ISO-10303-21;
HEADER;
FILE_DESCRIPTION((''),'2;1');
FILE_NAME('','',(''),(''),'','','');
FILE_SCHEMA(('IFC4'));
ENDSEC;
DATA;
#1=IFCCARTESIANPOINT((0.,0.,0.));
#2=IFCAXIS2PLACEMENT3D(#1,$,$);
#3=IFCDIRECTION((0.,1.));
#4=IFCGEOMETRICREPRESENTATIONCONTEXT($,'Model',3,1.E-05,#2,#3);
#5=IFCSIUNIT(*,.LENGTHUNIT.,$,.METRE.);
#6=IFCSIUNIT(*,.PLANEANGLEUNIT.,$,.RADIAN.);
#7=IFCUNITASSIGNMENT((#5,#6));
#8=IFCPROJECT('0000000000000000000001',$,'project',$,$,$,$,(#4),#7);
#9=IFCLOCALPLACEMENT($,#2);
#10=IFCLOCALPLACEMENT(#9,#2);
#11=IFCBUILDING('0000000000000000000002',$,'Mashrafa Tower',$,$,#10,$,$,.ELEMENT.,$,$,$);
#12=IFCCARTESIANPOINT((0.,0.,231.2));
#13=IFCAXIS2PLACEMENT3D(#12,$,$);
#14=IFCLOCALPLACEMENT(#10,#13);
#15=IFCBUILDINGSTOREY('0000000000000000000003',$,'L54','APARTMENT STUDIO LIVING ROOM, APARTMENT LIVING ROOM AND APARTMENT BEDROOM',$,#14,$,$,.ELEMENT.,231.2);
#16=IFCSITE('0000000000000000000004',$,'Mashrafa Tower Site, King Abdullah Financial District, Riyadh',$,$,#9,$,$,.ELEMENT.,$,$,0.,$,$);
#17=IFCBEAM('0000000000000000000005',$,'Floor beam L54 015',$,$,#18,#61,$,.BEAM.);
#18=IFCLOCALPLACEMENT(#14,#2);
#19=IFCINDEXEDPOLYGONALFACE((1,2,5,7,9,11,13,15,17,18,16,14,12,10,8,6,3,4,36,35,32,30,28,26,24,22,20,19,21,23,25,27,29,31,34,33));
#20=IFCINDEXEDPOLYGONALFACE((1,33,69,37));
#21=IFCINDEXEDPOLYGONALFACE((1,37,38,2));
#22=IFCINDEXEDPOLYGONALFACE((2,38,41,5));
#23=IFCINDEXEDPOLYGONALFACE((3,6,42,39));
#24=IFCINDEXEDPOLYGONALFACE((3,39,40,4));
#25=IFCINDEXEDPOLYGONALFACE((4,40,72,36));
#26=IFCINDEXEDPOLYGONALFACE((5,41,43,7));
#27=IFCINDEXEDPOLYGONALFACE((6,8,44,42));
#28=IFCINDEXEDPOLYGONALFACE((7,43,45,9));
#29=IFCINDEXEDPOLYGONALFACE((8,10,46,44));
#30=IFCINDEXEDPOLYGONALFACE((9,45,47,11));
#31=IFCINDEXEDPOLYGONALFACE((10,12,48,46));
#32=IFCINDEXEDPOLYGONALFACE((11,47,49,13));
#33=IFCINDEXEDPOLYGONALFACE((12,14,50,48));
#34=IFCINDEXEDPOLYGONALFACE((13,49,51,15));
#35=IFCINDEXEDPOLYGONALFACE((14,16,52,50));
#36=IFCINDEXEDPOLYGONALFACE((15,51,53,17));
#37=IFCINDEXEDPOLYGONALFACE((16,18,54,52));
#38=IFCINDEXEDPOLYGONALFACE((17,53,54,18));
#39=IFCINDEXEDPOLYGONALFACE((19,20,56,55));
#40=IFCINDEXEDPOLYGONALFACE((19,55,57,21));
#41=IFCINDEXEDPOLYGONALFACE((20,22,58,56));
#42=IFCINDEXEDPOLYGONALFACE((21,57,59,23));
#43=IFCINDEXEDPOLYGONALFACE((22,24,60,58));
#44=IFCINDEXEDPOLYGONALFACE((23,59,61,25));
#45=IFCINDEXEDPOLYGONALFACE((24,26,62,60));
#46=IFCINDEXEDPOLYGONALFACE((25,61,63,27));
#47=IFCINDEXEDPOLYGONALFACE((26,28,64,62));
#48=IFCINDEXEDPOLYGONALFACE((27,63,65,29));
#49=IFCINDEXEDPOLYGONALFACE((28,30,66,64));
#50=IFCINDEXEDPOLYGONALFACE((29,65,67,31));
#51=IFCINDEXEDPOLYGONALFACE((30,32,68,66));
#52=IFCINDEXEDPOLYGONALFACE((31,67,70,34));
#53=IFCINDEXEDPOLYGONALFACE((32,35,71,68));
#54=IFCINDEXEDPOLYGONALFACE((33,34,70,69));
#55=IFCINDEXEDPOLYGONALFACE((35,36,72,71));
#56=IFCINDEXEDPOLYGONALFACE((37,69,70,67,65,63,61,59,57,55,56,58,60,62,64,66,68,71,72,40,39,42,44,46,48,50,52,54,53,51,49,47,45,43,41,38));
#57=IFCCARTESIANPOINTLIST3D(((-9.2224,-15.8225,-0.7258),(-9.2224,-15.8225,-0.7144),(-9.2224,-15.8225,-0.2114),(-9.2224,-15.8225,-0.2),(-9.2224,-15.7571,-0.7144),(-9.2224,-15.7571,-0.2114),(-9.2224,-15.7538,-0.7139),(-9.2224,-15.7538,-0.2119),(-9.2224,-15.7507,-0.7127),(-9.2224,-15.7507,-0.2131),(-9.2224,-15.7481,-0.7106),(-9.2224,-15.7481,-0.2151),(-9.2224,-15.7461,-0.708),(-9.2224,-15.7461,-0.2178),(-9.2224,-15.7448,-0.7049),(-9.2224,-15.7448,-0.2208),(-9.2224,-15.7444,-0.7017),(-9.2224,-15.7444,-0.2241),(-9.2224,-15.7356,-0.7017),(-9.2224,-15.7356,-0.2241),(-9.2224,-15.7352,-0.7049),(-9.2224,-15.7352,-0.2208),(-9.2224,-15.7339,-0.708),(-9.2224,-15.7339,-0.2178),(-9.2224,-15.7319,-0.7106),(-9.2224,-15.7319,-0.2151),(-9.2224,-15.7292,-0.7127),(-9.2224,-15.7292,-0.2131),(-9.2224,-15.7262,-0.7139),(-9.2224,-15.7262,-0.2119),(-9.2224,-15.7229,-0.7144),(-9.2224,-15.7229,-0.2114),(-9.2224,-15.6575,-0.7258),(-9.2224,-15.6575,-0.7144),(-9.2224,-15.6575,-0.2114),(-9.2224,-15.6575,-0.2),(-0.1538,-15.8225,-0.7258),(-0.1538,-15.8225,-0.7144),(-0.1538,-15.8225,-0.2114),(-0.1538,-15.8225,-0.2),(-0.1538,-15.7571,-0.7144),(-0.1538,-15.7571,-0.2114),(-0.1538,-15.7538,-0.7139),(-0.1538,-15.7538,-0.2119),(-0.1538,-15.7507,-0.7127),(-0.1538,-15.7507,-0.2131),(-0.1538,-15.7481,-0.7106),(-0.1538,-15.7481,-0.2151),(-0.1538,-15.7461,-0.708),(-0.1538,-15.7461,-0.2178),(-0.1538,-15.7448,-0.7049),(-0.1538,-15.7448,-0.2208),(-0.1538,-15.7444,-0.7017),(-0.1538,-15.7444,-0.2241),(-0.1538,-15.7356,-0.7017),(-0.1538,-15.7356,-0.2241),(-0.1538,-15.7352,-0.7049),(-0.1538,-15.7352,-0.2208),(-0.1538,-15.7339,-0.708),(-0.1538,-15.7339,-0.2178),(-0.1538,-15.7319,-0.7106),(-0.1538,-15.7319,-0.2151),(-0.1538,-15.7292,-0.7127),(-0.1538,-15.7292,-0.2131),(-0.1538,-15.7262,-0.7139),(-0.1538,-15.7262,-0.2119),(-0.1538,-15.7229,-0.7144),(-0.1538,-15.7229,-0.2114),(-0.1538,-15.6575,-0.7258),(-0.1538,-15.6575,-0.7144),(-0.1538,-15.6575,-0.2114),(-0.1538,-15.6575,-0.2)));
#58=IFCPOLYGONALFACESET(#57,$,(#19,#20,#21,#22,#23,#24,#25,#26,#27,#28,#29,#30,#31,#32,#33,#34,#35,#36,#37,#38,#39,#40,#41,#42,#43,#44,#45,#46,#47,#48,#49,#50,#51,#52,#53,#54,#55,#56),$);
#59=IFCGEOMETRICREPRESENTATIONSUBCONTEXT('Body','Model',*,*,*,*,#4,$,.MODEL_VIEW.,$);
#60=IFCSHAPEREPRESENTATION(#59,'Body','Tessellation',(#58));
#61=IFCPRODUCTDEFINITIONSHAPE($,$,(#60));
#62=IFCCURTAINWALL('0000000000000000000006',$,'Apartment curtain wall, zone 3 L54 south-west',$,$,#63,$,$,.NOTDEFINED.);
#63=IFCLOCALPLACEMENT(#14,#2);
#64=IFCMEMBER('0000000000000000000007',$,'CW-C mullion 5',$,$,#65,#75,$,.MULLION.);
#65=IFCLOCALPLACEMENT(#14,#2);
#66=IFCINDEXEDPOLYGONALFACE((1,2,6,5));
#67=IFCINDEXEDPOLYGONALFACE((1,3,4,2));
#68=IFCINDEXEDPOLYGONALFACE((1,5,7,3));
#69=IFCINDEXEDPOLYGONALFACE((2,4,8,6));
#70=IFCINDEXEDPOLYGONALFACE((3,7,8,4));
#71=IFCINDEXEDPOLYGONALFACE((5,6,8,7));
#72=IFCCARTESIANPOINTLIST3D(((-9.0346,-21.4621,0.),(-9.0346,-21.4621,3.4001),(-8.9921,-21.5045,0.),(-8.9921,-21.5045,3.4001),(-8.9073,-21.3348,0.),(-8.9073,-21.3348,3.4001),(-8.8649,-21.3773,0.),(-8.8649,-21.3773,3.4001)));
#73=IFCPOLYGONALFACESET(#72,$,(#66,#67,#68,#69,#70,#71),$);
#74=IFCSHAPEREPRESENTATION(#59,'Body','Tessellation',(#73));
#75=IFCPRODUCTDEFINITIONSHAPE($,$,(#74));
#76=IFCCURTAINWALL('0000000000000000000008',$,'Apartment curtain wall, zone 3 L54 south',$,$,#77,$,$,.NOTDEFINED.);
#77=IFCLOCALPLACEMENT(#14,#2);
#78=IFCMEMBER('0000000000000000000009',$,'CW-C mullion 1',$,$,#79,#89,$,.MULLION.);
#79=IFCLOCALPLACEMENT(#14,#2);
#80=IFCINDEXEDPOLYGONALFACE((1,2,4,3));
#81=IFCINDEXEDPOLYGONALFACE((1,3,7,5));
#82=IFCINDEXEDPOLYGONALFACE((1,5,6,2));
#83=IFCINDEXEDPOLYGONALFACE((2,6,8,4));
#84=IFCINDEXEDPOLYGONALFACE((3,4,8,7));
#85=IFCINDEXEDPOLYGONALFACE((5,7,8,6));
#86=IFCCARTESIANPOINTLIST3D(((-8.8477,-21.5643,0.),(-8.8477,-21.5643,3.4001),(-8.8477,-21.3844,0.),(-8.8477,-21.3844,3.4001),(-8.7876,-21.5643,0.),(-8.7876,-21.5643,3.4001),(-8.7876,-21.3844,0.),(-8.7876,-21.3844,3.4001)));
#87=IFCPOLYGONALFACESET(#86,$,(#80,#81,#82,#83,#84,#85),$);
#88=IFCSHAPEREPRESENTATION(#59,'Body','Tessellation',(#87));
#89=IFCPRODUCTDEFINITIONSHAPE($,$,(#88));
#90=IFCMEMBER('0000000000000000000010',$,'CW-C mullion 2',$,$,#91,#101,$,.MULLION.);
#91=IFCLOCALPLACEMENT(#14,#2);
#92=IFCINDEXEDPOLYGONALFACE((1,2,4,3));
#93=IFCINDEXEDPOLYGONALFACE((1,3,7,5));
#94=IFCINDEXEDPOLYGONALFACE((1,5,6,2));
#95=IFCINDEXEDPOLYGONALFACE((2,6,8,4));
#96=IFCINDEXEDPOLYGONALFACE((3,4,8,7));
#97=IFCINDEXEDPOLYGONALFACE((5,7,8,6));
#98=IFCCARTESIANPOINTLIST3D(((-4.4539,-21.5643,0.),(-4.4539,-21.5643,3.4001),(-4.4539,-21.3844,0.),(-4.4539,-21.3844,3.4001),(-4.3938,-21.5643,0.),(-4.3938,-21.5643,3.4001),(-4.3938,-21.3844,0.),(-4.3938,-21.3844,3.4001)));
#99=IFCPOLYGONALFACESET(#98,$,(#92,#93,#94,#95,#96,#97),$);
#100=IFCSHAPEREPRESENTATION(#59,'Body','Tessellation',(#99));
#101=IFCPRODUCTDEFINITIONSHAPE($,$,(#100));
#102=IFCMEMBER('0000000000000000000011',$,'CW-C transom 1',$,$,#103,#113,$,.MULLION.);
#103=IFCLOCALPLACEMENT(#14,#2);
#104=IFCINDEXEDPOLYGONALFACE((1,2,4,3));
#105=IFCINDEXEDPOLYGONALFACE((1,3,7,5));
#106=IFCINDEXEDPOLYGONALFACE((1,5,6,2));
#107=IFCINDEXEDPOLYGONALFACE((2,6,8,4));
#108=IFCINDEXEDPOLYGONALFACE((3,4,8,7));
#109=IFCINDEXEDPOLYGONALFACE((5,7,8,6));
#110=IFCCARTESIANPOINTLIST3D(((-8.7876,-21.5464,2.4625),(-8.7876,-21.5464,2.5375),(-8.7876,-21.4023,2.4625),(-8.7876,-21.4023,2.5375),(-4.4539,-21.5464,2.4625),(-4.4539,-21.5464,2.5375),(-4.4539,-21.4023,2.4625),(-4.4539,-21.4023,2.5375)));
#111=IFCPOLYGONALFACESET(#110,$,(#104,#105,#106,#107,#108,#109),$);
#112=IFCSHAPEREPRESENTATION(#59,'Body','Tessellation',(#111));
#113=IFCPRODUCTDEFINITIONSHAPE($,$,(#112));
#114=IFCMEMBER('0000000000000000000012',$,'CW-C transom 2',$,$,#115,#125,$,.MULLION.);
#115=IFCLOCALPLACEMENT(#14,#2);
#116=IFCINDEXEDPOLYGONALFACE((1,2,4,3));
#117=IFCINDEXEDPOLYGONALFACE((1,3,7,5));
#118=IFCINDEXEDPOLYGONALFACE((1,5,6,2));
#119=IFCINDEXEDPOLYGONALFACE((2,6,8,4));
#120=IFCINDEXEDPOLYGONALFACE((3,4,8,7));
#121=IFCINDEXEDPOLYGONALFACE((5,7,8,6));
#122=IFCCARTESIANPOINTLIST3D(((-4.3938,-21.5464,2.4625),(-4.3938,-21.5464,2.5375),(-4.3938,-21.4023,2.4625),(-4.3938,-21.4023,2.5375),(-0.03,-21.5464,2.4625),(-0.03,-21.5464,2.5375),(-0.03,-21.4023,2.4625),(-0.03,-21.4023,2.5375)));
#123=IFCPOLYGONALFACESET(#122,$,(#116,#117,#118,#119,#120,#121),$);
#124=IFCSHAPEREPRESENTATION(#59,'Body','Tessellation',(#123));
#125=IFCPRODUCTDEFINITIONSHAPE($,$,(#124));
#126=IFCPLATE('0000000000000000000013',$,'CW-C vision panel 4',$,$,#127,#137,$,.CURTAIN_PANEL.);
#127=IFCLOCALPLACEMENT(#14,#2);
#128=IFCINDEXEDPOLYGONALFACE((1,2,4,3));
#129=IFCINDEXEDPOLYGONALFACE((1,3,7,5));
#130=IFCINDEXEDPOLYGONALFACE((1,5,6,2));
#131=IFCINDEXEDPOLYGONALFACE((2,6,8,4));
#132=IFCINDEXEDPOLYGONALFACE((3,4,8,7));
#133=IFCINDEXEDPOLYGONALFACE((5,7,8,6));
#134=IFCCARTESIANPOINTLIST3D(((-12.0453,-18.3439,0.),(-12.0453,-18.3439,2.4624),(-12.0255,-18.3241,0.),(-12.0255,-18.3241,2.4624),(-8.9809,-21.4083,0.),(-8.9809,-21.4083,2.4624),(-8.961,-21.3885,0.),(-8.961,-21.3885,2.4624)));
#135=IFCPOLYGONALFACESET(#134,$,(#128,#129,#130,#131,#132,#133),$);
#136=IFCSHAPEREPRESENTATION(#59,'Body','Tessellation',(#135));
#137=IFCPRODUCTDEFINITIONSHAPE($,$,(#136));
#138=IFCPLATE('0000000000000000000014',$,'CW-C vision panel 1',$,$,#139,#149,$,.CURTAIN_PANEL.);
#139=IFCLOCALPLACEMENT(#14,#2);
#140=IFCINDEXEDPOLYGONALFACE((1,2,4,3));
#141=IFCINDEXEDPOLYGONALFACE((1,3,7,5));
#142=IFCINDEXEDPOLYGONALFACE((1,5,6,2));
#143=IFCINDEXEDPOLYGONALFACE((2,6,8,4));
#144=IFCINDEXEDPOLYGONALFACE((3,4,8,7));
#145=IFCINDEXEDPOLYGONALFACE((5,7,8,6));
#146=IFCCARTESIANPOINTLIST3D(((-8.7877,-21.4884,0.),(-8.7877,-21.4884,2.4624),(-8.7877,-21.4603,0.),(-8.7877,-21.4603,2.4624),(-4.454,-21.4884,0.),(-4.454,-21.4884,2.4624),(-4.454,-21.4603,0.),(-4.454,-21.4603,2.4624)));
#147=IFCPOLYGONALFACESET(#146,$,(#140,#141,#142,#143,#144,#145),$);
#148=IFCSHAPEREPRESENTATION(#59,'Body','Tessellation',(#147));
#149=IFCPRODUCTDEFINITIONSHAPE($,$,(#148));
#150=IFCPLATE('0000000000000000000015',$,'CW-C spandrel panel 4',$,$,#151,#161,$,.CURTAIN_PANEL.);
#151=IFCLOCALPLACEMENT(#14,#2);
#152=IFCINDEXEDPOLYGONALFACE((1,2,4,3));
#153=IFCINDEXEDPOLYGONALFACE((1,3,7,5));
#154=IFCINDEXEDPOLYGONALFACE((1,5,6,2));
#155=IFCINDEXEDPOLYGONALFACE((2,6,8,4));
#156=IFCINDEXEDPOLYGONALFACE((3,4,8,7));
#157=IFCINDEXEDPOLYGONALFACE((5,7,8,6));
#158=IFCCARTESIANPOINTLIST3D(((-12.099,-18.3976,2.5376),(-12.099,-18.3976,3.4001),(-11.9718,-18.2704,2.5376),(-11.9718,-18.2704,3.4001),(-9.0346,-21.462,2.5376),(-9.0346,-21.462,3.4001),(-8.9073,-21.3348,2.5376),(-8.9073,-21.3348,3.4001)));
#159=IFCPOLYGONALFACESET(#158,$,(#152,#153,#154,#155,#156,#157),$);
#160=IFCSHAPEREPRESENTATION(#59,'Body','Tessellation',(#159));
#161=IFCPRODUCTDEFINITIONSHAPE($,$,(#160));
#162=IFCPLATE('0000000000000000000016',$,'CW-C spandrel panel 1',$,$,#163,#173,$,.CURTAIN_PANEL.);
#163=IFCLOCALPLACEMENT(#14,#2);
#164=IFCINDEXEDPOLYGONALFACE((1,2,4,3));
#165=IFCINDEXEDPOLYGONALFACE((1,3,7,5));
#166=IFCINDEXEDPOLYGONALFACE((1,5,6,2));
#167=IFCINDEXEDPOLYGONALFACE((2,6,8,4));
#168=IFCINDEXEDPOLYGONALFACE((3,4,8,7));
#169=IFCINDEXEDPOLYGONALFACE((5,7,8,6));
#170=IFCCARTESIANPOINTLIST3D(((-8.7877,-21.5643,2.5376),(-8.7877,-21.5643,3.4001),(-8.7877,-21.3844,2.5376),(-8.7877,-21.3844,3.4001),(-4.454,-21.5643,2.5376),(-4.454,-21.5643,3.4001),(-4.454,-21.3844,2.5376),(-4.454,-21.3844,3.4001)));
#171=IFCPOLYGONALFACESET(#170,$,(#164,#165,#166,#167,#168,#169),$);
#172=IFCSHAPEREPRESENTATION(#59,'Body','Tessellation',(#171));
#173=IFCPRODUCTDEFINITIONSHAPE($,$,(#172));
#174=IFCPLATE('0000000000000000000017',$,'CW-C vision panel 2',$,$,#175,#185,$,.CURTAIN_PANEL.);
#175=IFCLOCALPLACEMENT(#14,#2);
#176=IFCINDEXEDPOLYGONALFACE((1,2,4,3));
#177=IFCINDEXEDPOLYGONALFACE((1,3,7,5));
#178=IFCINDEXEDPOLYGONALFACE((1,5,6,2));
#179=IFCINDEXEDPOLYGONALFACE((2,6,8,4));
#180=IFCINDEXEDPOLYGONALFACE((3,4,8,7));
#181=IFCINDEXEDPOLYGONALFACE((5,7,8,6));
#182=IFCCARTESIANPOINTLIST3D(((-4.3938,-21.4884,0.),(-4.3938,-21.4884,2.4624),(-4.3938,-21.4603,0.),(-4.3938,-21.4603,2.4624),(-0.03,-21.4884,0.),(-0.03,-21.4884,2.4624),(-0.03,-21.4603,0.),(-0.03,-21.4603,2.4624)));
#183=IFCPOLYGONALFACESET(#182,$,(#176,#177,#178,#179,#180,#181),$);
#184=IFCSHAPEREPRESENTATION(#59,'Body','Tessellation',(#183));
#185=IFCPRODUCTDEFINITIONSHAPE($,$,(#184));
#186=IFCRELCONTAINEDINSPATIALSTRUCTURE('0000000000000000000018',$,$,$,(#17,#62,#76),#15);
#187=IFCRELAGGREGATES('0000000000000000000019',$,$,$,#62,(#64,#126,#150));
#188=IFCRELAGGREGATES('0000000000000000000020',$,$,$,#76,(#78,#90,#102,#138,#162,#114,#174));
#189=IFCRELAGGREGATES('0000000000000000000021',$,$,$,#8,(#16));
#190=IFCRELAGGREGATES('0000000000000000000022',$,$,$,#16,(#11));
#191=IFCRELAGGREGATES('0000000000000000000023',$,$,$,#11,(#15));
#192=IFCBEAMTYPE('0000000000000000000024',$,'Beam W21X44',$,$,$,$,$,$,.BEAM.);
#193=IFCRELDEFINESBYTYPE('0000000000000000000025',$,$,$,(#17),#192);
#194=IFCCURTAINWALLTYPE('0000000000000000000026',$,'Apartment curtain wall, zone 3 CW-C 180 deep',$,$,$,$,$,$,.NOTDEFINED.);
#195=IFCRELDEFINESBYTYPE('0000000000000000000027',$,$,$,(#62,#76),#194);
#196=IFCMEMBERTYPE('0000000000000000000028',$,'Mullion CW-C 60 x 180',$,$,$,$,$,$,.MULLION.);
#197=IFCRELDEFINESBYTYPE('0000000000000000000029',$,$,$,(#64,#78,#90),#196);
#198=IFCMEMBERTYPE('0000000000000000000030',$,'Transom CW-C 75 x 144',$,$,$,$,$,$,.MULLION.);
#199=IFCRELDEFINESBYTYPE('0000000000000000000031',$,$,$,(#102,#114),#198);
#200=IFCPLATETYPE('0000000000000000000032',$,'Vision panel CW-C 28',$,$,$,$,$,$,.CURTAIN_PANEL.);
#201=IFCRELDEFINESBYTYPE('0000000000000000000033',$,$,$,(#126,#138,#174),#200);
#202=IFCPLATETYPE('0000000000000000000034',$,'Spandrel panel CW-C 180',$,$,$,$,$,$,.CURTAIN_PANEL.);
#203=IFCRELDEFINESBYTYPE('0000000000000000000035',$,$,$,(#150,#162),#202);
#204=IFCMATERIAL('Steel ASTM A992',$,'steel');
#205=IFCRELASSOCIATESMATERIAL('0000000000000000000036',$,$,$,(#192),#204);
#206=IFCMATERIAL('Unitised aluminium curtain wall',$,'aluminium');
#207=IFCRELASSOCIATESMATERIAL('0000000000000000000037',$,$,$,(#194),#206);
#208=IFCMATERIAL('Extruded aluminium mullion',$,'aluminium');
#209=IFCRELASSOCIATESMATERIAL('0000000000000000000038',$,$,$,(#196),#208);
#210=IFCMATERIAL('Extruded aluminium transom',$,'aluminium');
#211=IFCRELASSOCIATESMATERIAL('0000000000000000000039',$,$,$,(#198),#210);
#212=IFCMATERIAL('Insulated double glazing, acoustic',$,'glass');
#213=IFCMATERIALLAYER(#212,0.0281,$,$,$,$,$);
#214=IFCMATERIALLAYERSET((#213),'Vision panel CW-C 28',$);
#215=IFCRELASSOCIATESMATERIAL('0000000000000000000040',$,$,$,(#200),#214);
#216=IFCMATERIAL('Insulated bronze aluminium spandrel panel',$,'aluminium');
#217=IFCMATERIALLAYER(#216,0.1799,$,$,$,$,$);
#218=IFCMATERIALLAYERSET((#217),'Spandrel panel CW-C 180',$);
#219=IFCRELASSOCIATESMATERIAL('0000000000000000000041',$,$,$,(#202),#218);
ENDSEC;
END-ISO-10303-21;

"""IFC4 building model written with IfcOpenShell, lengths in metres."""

from ifc_helpers import new_model, si_unit, direction, frame, origin, origin_2d, place, context, subcontext, project, spatial, rectangle, i_section, extrude, source, transform, mapped, material, layer, layer_set, material_profile, profile_set, type_object, type_shapes, element, aggregate, save


model = new_model("IFC4")

# Units and contexts
model_context = context("Model", 3, precision=1e-05, world=origin(), true_north=direction((0.0, 1.0)))
body_context = subcontext(model_context, "Body", "Model", "MODEL_VIEW")
ifc_project = project(units=[si_unit("LENGTHUNIT", "METRE"), si_unit("PLANEANGLEUNIT", "RADIAN")], contexts=[model_context])

# Site, building, storey
site_placement = place(None, origin())
site = spatial("IfcSite", under=ifc_project, at=site_placement, Name="Mashrafa Tower Site, King Abdullah Financial District, Riyadh", CompositionType="ELEMENT", RefElevation=0.0)
building_placement = place(site_placement, origin())
building = spatial("IfcBuilding", under=site, at=building_placement, Name="Mashrafa Tower", CompositionType="ELEMENT")
storey_placement = place(building_placement, frame((0.0, 0.0, 231.2)))
storey = spatial("IfcBuildingStorey", under=building, at=storey_placement, Name="L54", Description="APARTMENT STUDIO LIVING ROOM, APARTMENT LIVING ROOM AND APARTMENT BEDROOM", CompositionType="ELEMENT", Elevation=231.2)

# Beam
ifc_material_1 = material(Name="Steel ASTM A992", Category="steel")
ifc_material_profile_1 = material_profile(ifc_material_1, i_section(OverallWidth=0.165, OverallDepth=0.5259, WebThickness=0.0088, FlangeThickness=0.0115, FilletRadius=0.0127, at=origin_2d()), Name="W21X44")
ifc_profile_set_1 = profile_set([ifc_material_profile_1], Name="Steel ASTM A992")
beam_type_1 = type_object("IfcBeamType", Name="Beam W21X44", PredefinedType="BEAM", material=ifc_profile_set_1)
beam_1_placement = place(storey_placement, frame((-0.1538, -15.74, -0.4629), z_axis=(-1.0, 0.0, 0.0), x_axis=(0.0, -1.0, 0.0)))
element("IfcBeam", 1, at=beam_1_placement, inside=storey, type_object=beam_type_1, Name="Floor beam L54 015", PredefinedType="BEAM", context=body_context, shape_type="SweptSolid", body=[
    extrude(i_section(OverallWidth=0.165, OverallDepth=0.5259, WebThickness=0.0088, FlangeThickness=0.0115, FilletRadius=0.0127, at=origin_2d()), origin(), (0.0, 0.0, 1.0), 9.0686),
])

# Curtain wall, member
ifc_material_2 = material(Name="Unitised aluminium curtain wall", Category="aluminium")
curtain_wall_type = type_object("IfcCurtainWallType", Name="Apartment curtain wall, zone 3 CW-C 180 deep", PredefinedType="NOTDEFINED", material=ifc_material_2)
curtain_wall_1_placement = place(storey_placement, origin())
curtain_wall_1 = element("IfcCurtainWall", 2, at=curtain_wall_1_placement, inside=storey, type_object=curtain_wall_type, Name="Apartment curtain wall, zone 3 L54 south-west", PredefinedType="NOTDEFINED")
ifc_material_3 = material(Name="Extruded aluminium mullion", Category="aluminium")
ifc_material_profile_2 = material_profile(ifc_material_3, rectangle(XDim=0.1799, YDim=0.0601, at=origin_2d()), Name="Mullion 60x180")
ifc_profile_set_2 = profile_set([ifc_material_profile_2], Name="Extruded aluminium mullion")
member_type_1 = type_object("IfcMemberType", Name="Mullion CW-C 60 x 180", PredefinedType="MULLION", material=ifc_profile_set_2)
shared_shape_1 = source(origin(), body_context, "Body", "SweptSolid", [
    extrude(rectangle(XDim=0.1799, YDim=0.0601, at=origin_2d()), origin(), (0.0, 0.0, 1.0), 3.4001),
])
type_shapes(member_type_1, [shared_shape_1])
member_1_placement = place(storey_placement, frame((-8.9497, -21.4197, 0.0), z_axis=(0.0, 0.0, 1.0), x_axis=(0.707107, 0.707107, 0.0)))
member_1 = element("IfcMember", 3, at=member_1_placement, type_object=member_type_1, Name="CW-C mullion 5", PredefinedType="MULLION", context=body_context, shape_type="MappedRepresentation", body=[
    mapped(shared_shape_1, transform((0.0, 0.0, 0.0))),
])

# Curtain wall, members
curtain_wall_2_placement = place(storey_placement, origin())
curtain_wall_2 = element("IfcCurtainWall", 4, at=curtain_wall_2_placement, inside=storey, type_object=curtain_wall_type, Name="Apartment curtain wall, zone 3 L54 south", PredefinedType="NOTDEFINED")
member_2_placement = place(storey_placement, frame((-8.8176, -21.4744, 0.0), z_axis=(0.0, 0.0, 1.0), x_axis=(0.0, 1.0, 0.0)))
member_2 = element("IfcMember", 5, at=member_2_placement, type_object=member_type_1, Name="CW-C mullion 1", PredefinedType="MULLION", context=body_context, shape_type="MappedRepresentation", body=[
    mapped(shared_shape_1, transform((0.0, 0.0, 0.0))),
])
member_3_placement = place(storey_placement, frame((-4.4238, -21.4744, 0.0), z_axis=(0.0, 0.0, 1.0), x_axis=(0.0, 1.0, 0.0)))
member_3 = element("IfcMember", 6, at=member_3_placement, type_object=member_type_1, Name="CW-C mullion 2", PredefinedType="MULLION", context=body_context, shape_type="MappedRepresentation", body=[
    mapped(shared_shape_1, transform((0.0, 0.0, 0.0))),
])
ifc_material_4 = material(Name="Extruded aluminium transom", Category="aluminium")
ifc_material_profile_3 = material_profile(ifc_material_4, rectangle(XDim=0.144, YDim=0.075, at=origin_2d()), Name="Transom 75x144")
ifc_profile_set_3 = profile_set([ifc_material_profile_3], Name="Extruded aluminium transom")
member_type_2 = type_object("IfcMemberType", Name="Transom CW-C 75 x 144", PredefinedType="MULLION", material=ifc_profile_set_3)
shared_shape_2 = source(origin(), body_context, "Body", "SweptSolid", [
    extrude(rectangle(XDim=0.144, YDim=0.075, at=origin_2d()), origin(), (0.0, 0.0, 1.0), 4.3337),
])
member_4_placement = place(storey_placement, frame((-8.7876, -21.4744, 2.5), z_axis=(1.0, 0.0, 0.0), x_axis=(0.0, 1.0, 0.0)))
member_4 = element("IfcMember", 7, at=member_4_placement, type_object=member_type_2, Name="CW-C transom 1", PredefinedType="MULLION", context=body_context, shape_type="MappedRepresentation", body=[
    mapped(shared_shape_2, transform((0.0, 0.0, 0.0))),
])
shared_shape_3 = source(origin(), body_context, "Body", "SweptSolid", [
    extrude(rectangle(XDim=0.144, YDim=0.075, at=origin_2d()), origin(), (0.0, 0.0, 1.0), 4.3638),
])
type_shapes(member_type_2, [shared_shape_2, shared_shape_3])
member_5_placement = place(storey_placement, frame((-4.3938, -21.4744, 2.5), z_axis=(1.0, 0.0, 0.0), x_axis=(0.0, 1.0, 0.0)))
member_5 = element("IfcMember", 8, at=member_5_placement, type_object=member_type_2, Name="CW-C transom 2", PredefinedType="MULLION", context=body_context, shape_type="MappedRepresentation", body=[
    mapped(shared_shape_3, transform((0.0, 0.0, 0.0))),
])

# Plates
ifc_material_5 = material(Name="Insulated double glazing, acoustic", Category="glass")
ifc_layer_1 = layer(ifc_material_5, 0.0281)
ifc_layer_set_1 = layer_set([ifc_layer_1], Name="Vision panel CW-C 28")
plate_type_1 = type_object("IfcPlateType", Name="Vision panel CW-C 28", PredefinedType="CURTAIN_PANEL", material=ifc_layer_set_1)
shared_shape_4 = source(origin(), body_context, "Body", "SweptSolid", [
    extrude(rectangle(XDim=4.3337, YDim=0.0281, at=origin_2d()), origin(), (0.0, 0.0, 1.0), 2.4624),
])
plate_1_placement = place(storey_placement, frame((-10.5032, -19.8662, 0.0), z_axis=(0.0, 0.0, 1.0), x_axis=(0.707107, -0.707107, 0.0)))
plate_1 = element("IfcPlate", 9, at=plate_1_placement, type_object=plate_type_1, Name="CW-C vision panel 4", PredefinedType="CURTAIN_PANEL", context=body_context, shape_type="MappedRepresentation", body=[
    mapped(shared_shape_4, transform((0.0, 0.0, 0.0))),
])
plate_2_placement = place(storey_placement, frame((-6.6208, -21.4744, 0.0), z_axis=(0.0, 0.0, 1.0), x_axis=(1.0, 0.0, 0.0)))
plate_2 = element("IfcPlate", 10, at=plate_2_placement, type_object=plate_type_1, Name="CW-C vision panel 1", PredefinedType="CURTAIN_PANEL", context=body_context, shape_type="MappedRepresentation", body=[
    mapped(shared_shape_4, transform((0.0, 0.0, 0.0))),
])
ifc_material_6 = material(Name="Insulated bronze aluminium spandrel panel", Category="aluminium")
ifc_layer_2 = layer(ifc_material_6, 0.1799)
ifc_layer_set_2 = layer_set([ifc_layer_2], Name="Spandrel panel CW-C 180")
plate_type_2 = type_object("IfcPlateType", Name="Spandrel panel CW-C 180", PredefinedType="CURTAIN_PANEL", material=ifc_layer_set_2)
shared_shape_5 = source(origin(), body_context, "Body", "SweptSolid", [
    extrude(rectangle(XDim=4.3337, YDim=0.1799, at=origin_2d()), origin(), (0.0, 0.0, 1.0), 0.8625),
])
plate_3_placement = place(storey_placement, frame((-10.5032, -19.8662, 2.5376), z_axis=(0.0, 0.0, 1.0), x_axis=(0.707107, -0.707107, 0.0)))
plate_3 = element("IfcPlate", 11, at=plate_3_placement, type_object=plate_type_2, Name="CW-C spandrel panel 4", PredefinedType="CURTAIN_PANEL", context=body_context, shape_type="MappedRepresentation", body=[
    mapped(shared_shape_5, transform((0.0, 0.0, 0.0))),
])
aggregate(curtain_wall_1, [member_1, plate_1, plate_3])
plate_4_placement = place(storey_placement, frame((-6.6208, -21.4744, 2.5376), z_axis=(0.0, 0.0, 1.0), x_axis=(1.0, 0.0, 0.0)))
plate_4 = element("IfcPlate", 12, at=plate_4_placement, type_object=plate_type_2, Name="CW-C spandrel panel 1", PredefinedType="CURTAIN_PANEL", context=body_context, shape_type="MappedRepresentation", body=[
    mapped(shared_shape_5, transform((0.0, 0.0, 0.0))),
])
shared_shape_6 = source(origin(), body_context, "Body", "SweptSolid", [
    extrude(rectangle(XDim=4.3638, YDim=0.0281, at=origin_2d()), origin(), (0.0, 0.0, 1.0), 2.4624),
])
type_shapes(plate_type_1, [shared_shape_4, shared_shape_6])
plate_5_placement = place(storey_placement, frame((-2.2119, -21.4744, 0.0), z_axis=(0.0, 0.0, 1.0), x_axis=(1.0, 0.0, 0.0)))
plate_5 = element("IfcPlate", 13, at=plate_5_placement, type_object=plate_type_1, Name="CW-C vision panel 2", PredefinedType="CURTAIN_PANEL", context=body_context, shape_type="MappedRepresentation", body=[
    mapped(shared_shape_6, transform((0.0, 0.0, 0.0))),
])
aggregate(curtain_wall_2, [member_2, member_3, member_4, plate_2, plate_4, member_5, plate_5])

save(model, "model.ifc")
